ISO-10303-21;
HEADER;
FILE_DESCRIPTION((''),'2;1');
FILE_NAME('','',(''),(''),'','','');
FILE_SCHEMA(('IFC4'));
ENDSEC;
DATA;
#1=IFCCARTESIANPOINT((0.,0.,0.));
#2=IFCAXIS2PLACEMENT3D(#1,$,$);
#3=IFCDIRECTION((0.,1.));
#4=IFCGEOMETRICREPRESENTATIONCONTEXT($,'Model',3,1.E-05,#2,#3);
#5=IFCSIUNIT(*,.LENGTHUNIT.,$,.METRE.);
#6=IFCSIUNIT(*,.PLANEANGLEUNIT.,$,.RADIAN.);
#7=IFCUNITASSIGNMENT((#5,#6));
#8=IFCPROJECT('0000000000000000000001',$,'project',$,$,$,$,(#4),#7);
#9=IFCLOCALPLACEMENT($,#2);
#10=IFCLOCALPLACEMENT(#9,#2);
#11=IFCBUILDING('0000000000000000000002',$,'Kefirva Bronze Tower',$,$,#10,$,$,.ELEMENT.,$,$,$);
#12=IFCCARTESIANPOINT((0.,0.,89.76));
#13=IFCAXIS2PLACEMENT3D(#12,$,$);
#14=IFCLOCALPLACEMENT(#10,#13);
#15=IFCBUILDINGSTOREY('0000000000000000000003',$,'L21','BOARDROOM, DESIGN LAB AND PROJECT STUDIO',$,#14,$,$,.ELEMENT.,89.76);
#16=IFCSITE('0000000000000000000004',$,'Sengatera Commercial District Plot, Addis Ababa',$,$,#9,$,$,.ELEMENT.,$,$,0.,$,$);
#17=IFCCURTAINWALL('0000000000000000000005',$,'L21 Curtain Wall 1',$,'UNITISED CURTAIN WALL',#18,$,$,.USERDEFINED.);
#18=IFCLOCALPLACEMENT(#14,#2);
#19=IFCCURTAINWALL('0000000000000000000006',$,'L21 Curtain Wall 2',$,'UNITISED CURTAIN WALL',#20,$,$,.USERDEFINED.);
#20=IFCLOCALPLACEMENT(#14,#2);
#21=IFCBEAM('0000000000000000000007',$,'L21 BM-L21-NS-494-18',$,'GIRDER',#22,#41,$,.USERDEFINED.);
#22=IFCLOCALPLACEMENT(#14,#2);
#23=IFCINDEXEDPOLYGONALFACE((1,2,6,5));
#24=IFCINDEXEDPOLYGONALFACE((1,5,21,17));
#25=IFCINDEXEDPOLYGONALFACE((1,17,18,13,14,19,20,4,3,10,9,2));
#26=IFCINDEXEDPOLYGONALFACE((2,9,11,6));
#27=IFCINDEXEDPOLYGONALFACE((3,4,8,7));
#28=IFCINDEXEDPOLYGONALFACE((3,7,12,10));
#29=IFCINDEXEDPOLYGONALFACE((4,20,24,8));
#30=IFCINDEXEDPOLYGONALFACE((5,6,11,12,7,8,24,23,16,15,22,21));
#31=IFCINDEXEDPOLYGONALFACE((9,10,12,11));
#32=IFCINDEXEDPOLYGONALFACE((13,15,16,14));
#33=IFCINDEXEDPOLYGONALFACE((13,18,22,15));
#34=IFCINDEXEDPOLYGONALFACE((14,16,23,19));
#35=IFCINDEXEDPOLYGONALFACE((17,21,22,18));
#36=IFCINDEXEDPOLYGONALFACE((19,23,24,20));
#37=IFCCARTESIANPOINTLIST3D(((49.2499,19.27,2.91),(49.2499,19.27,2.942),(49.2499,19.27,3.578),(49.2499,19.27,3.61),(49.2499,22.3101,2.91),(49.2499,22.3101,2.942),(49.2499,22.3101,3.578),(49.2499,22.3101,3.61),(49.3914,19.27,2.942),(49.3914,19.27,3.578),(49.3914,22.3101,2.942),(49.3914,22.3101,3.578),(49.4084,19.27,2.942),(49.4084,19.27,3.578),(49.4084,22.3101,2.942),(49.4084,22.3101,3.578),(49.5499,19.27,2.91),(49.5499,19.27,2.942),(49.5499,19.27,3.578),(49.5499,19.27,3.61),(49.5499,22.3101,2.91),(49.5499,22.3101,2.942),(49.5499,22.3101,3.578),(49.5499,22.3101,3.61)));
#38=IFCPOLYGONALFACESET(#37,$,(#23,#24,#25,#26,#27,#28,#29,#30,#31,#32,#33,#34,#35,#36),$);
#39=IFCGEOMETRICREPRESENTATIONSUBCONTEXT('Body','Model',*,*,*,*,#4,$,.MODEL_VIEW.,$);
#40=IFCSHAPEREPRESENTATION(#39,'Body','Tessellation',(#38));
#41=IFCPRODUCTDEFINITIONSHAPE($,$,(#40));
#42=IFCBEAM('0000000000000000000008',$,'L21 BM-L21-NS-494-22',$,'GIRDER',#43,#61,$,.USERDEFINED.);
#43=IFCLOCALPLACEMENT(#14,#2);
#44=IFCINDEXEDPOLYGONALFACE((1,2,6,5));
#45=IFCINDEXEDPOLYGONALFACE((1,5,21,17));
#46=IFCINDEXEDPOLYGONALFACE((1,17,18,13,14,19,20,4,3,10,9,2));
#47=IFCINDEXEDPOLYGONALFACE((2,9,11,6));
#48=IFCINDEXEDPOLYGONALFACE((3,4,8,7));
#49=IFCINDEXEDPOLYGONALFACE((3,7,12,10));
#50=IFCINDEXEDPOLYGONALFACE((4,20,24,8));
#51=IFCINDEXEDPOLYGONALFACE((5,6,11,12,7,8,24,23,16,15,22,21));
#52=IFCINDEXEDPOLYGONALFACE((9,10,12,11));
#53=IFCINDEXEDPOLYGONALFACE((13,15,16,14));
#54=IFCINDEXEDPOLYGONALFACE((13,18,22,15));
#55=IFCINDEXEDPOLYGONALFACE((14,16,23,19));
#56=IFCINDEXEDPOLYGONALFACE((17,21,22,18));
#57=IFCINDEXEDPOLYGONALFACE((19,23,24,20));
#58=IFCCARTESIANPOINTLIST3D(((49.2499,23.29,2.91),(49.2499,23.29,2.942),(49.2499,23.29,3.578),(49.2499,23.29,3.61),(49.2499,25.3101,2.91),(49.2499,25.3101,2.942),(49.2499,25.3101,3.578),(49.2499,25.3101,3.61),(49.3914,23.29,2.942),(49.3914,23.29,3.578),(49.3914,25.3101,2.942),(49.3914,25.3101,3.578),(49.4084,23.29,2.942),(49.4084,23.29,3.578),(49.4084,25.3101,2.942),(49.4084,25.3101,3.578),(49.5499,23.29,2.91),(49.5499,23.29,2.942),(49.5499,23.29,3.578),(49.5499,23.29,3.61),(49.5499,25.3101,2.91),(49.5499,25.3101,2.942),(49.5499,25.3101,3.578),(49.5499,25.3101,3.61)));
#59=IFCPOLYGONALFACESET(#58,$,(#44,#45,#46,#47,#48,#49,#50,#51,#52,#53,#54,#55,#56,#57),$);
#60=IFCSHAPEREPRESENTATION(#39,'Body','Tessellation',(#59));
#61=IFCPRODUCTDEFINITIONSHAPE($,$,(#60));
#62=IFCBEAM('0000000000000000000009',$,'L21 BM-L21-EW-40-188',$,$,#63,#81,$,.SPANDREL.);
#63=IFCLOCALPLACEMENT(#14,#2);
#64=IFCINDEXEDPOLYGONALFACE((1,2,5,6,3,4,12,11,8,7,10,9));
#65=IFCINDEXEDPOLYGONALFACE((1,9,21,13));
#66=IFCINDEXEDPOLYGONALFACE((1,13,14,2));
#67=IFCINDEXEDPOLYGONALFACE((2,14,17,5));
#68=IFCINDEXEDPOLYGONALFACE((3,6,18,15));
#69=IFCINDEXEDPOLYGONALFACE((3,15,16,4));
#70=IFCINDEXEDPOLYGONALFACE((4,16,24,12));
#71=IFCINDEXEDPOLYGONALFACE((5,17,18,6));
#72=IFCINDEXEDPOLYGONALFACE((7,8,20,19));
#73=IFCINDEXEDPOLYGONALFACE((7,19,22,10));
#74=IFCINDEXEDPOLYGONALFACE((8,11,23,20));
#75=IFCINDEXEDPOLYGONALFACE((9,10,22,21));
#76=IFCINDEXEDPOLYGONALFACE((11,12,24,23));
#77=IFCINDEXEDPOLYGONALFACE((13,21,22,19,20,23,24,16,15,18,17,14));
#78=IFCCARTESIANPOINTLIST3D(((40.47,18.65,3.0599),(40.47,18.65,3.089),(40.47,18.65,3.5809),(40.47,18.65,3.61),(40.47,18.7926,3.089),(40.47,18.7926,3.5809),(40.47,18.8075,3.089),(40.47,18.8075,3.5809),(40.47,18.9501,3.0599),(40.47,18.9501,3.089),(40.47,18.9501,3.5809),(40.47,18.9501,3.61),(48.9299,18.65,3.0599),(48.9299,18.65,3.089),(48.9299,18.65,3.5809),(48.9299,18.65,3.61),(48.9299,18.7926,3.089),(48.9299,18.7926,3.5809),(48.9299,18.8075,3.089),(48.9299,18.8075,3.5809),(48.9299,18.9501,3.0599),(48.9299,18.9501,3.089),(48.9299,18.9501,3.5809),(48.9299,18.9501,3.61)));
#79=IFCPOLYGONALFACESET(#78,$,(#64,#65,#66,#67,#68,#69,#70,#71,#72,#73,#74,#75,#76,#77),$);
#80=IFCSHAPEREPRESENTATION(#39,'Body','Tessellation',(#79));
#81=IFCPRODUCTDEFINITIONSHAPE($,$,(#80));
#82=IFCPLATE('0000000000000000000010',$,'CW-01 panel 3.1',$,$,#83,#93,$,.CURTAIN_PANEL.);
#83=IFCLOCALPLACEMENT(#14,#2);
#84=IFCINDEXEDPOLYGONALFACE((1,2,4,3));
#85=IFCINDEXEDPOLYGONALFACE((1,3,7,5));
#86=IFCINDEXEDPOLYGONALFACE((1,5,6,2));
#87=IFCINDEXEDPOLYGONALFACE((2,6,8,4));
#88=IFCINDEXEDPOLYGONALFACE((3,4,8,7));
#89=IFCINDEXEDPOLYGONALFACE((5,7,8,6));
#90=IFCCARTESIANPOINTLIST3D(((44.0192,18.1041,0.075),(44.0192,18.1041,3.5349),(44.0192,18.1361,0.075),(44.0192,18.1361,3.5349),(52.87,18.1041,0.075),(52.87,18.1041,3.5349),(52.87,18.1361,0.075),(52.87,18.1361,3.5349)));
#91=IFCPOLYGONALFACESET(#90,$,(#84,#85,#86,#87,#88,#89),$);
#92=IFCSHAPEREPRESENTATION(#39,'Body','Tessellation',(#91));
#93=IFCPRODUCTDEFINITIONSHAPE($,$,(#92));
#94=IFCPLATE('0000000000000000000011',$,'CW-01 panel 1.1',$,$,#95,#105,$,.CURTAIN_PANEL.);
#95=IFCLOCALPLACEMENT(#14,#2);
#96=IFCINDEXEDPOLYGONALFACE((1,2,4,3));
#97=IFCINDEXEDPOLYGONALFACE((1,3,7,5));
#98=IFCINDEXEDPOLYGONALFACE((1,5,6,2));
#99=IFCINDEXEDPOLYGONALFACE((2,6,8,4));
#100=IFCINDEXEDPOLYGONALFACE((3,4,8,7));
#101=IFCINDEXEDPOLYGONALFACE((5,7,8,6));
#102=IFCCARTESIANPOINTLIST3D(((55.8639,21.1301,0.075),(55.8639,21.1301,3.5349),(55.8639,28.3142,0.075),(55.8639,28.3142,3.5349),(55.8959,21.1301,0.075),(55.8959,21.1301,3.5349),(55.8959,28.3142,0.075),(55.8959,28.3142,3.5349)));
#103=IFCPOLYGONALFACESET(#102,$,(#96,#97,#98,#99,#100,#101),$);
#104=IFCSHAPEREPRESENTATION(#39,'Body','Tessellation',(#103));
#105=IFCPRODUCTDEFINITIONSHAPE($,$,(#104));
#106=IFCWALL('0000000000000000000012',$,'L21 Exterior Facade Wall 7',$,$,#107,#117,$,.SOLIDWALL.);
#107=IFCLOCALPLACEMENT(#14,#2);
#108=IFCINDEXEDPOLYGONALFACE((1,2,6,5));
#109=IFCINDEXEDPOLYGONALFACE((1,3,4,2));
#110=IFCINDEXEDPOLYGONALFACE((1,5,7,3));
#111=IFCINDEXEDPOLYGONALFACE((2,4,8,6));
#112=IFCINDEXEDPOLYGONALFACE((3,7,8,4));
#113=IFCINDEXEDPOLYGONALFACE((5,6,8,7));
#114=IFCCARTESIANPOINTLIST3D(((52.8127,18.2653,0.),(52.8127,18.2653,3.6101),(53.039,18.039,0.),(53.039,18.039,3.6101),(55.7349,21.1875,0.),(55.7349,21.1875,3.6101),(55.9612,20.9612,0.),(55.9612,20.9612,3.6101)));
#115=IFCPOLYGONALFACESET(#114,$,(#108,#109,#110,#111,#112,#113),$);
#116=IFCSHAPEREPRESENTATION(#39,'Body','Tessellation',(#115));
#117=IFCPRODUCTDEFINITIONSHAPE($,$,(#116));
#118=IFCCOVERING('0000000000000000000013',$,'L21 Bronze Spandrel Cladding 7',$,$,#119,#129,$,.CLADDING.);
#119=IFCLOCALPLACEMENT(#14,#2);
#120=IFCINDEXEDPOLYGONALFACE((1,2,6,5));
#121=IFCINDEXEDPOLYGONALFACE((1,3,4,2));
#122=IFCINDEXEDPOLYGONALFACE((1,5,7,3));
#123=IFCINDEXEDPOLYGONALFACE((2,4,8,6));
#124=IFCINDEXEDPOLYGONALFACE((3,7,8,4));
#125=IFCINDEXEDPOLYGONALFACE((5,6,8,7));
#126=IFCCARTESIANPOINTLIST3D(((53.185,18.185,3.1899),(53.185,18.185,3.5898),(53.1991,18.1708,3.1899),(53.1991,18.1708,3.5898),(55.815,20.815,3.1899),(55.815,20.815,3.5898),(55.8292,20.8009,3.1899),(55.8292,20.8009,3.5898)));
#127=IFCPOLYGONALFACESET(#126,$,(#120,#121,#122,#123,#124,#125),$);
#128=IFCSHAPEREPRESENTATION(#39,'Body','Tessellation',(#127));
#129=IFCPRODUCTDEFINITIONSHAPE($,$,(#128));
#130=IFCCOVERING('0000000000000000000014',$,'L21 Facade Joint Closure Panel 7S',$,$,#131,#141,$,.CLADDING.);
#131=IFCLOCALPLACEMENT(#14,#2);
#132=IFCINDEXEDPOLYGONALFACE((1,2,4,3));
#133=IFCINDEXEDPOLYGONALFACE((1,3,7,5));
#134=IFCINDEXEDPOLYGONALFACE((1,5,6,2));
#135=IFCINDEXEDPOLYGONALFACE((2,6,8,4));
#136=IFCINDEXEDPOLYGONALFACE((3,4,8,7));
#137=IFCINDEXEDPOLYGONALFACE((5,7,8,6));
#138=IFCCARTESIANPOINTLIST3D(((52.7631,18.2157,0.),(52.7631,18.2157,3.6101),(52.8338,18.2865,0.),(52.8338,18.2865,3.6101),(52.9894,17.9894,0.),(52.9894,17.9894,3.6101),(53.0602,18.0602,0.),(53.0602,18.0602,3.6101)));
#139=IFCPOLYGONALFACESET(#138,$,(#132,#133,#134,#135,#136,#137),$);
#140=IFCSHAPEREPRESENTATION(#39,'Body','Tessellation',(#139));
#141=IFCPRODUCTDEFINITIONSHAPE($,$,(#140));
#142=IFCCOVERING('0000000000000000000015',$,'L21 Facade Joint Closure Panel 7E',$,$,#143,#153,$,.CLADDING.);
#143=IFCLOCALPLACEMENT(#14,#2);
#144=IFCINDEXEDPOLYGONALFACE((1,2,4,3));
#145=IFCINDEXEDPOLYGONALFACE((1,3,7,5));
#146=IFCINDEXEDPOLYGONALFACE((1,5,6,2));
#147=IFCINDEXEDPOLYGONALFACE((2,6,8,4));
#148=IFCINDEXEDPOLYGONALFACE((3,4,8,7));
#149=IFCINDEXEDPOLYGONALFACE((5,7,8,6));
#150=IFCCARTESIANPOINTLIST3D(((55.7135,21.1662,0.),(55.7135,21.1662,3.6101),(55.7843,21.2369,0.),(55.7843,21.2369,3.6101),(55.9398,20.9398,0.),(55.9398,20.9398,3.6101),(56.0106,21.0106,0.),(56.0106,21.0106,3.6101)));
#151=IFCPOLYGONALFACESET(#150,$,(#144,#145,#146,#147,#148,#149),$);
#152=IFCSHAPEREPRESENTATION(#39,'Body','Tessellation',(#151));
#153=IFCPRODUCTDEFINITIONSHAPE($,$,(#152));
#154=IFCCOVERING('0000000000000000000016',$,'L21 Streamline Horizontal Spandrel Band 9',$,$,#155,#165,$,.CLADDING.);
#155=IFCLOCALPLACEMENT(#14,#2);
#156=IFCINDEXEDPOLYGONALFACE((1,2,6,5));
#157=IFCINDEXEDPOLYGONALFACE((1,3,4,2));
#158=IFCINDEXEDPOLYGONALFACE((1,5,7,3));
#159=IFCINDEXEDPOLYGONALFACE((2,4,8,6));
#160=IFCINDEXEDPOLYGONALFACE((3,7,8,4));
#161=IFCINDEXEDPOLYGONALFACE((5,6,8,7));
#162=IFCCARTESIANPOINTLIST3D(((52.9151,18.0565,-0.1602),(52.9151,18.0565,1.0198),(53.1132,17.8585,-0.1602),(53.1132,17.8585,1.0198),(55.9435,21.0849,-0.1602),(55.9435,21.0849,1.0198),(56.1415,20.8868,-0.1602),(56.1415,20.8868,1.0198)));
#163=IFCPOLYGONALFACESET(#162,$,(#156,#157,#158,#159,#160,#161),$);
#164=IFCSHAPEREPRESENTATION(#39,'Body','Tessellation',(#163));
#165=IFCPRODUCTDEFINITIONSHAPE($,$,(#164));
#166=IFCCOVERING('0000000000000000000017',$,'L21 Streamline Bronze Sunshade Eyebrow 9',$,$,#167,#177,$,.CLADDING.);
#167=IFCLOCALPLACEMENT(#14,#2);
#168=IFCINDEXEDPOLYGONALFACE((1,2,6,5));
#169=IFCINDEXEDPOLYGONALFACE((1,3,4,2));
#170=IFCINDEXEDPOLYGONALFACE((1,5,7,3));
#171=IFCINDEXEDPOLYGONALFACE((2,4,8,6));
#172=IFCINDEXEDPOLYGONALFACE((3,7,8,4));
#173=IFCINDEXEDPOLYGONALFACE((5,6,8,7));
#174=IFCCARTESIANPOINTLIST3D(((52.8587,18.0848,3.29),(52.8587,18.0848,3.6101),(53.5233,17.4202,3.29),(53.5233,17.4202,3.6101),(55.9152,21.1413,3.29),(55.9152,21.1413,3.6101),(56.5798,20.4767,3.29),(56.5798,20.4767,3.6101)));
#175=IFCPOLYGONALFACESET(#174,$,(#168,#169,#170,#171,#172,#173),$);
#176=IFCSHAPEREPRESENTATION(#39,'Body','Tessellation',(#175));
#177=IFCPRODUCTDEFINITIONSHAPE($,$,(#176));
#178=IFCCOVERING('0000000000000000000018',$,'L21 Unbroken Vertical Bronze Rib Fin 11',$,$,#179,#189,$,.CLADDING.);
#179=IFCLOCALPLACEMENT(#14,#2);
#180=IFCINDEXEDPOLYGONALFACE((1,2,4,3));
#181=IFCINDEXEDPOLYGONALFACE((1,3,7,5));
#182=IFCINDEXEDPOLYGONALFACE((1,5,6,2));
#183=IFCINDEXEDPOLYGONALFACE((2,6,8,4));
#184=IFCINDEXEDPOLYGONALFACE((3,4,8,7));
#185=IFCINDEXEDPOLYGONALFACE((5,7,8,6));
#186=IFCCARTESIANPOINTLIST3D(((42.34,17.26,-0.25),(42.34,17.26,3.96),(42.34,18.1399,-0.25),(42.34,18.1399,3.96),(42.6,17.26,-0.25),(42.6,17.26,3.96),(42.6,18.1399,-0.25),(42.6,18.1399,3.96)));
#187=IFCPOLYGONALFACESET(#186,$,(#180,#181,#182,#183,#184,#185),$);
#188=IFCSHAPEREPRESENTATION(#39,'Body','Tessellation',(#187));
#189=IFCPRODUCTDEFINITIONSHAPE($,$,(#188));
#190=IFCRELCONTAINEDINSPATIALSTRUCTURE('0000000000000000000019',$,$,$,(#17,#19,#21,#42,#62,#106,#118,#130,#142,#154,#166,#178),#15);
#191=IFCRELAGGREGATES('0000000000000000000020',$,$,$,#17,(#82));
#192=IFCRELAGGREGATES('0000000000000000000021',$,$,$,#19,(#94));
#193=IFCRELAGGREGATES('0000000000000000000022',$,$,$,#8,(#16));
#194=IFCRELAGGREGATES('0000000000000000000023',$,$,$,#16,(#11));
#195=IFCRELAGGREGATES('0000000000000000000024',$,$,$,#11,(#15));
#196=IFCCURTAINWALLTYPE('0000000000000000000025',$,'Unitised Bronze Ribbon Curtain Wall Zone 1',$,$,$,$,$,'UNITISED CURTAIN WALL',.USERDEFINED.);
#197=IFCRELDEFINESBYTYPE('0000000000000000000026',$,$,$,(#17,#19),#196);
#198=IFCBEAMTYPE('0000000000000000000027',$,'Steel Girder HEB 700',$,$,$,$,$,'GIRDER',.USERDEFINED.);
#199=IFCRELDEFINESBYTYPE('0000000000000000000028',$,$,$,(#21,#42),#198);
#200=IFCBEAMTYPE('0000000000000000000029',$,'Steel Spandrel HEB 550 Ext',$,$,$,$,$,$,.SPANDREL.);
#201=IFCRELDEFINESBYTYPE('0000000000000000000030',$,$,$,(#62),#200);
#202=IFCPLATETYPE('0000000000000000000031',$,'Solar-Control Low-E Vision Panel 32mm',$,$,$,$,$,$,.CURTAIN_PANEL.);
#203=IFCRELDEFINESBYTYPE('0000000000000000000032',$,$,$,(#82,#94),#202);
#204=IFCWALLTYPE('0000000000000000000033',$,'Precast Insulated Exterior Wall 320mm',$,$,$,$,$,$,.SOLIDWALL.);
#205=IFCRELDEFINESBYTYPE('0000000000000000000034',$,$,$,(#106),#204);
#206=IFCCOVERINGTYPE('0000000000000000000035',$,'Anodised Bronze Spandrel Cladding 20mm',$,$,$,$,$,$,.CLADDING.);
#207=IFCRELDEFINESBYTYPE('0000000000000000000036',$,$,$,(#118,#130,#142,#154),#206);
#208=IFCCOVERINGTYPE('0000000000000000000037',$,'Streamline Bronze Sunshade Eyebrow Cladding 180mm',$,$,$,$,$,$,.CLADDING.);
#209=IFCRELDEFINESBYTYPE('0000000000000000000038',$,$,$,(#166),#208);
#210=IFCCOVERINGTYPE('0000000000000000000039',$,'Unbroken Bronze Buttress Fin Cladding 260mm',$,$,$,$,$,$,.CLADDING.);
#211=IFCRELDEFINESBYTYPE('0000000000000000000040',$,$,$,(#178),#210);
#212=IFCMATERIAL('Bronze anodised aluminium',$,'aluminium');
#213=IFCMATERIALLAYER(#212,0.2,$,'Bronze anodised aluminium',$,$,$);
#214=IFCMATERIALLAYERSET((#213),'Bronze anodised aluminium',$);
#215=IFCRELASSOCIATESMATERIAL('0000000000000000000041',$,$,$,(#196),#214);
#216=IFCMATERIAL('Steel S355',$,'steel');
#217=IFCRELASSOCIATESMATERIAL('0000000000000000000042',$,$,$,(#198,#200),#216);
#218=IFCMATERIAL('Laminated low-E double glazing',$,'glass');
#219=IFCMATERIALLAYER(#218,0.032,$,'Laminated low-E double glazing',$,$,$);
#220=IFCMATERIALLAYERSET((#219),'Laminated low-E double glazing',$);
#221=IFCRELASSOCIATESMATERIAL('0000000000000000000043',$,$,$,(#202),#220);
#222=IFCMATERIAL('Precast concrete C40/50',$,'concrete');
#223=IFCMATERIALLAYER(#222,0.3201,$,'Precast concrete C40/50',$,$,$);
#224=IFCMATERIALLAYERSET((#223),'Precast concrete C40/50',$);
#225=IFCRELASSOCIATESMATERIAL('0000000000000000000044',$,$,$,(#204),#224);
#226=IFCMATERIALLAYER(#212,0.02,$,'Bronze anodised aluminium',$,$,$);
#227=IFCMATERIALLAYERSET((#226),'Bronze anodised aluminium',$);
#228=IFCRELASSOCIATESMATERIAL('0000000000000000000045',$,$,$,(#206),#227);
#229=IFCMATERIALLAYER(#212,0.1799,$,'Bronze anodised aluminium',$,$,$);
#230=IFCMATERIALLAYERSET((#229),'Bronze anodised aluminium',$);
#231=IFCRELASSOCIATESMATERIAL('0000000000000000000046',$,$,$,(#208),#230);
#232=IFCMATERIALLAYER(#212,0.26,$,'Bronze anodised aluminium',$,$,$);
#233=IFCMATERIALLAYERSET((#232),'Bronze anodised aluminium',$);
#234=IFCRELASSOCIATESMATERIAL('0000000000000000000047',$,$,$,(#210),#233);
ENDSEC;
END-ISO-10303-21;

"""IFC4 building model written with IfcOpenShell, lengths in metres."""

from ifc_helpers import new_model, si_unit, direction, frame, frame_2d, origin, origin_2d, place, context, subcontext, project, spatial, rectangle, i_section, extrude, material, layer, layer_set, material_profile, profile_set, type_object, element, aggregate, save


model = new_model("IFC4")

# Units and contexts
model_context = context("Model", 3, precision=1e-05, world=origin(), true_north=direction((0.0, 1.0)))
body_context = subcontext(model_context, "Body", "Model", "MODEL_VIEW")
ifc_project = project(units=[si_unit("LENGTHUNIT", "METRE"), si_unit("PLANEANGLEUNIT", "RADIAN")], contexts=[model_context])

# Site, building, storey
site_placement = place(None, origin())
site = spatial("IfcSite", under=ifc_project, at=site_placement, Name="Sengatera Commercial District Plot, Addis Ababa", CompositionType="ELEMENT", RefElevation=0.0)
building_placement = place(site_placement, origin())
building = spatial("IfcBuilding", under=site, at=building_placement, Name="Kefirva Bronze Tower", CompositionType="ELEMENT")
storey_placement = place(building_placement, frame((0.0, 0.0, 89.76)))
storey = spatial("IfcBuildingStorey", under=building, at=storey_placement, Name="L21", Description="BOARDROOM, DESIGN LAB AND PROJECT STUDIO", CompositionType="ELEMENT", Elevation=89.76)

# Curtain wall
ifc_material_1 = material(Name="Bronze anodised aluminium", Category="aluminium")
ifc_layer_1 = layer(ifc_material_1, 0.2, Name="Bronze anodised aluminium")
ifc_layer_set_1 = layer_set([ifc_layer_1], Name="Bronze anodised aluminium")
curtain_wall_type = type_object("IfcCurtainWallType", Name="Unitised Bronze Ribbon Curtain Wall Zone 1", ElementType="UNITISED CURTAIN WALL", PredefinedType="USERDEFINED", material=ifc_layer_set_1)
curtain_wall_1_placement = place(storey_placement, origin())
curtain_wall_1 = element("IfcCurtainWall", 1, at=curtain_wall_1_placement, inside=storey, type_object=curtain_wall_type, Name="L21 Curtain Wall 1", ObjectType="UNITISED CURTAIN WALL", PredefinedType="USERDEFINED")

# Curtain wall
curtain_wall_2_placement = place(storey_placement, origin())
curtain_wall_2 = element("IfcCurtainWall", 2, at=curtain_wall_2_placement, inside=storey, type_object=curtain_wall_type, Name="L21 Curtain Wall 2", ObjectType="UNITISED CURTAIN WALL", PredefinedType="USERDEFINED")

# Beams
ifc_material_2 = material(Name="Steel S355", Category="steel")
ifc_material_profile_1 = material_profile(ifc_material_2, i_section(OverallWidth=0.3, OverallDepth=0.7, WebThickness=0.0171, FlangeThickness=0.032, at=origin_2d()), Name="HEB 700")
ifc_profile_set_1 = profile_set([ifc_material_profile_1], Name="Steel S355")
beam_type_1 = type_object("IfcBeamType", Name="Steel Girder HEB 700", ElementType="GIRDER", PredefinedType="USERDEFINED", material=ifc_profile_set_1)
beam_1_placement = place(storey_placement, frame((49.3999, 19.27, 3.26), z_axis=(0.0, 1.0, 0.0), x_axis=(-1.0, 0.0, 0.0)))
element("IfcBeam", 3, at=beam_1_placement, inside=storey, type_object=beam_type_1, Name="L21 BM-L21-NS-494-18", ObjectType="GIRDER", PredefinedType="USERDEFINED", context=body_context, shape_type="SweptSolid", body=[
    extrude(i_section(OverallWidth=0.3, OverallDepth=0.7, WebThickness=0.0171, FlangeThickness=0.032, at=origin_2d()), origin(), (0.0, 0.0, 1.0), 3.04),
])
beam_2_placement = place(storey_placement, frame((49.3999, 23.29, 3.26), z_axis=(0.0, 1.0, 0.0), x_axis=(-1.0, 0.0, 0.0)))
element("IfcBeam", 4, at=beam_2_placement, inside=storey, type_object=beam_type_1, Name="L21 BM-L21-NS-494-22", ObjectType="GIRDER", PredefinedType="USERDEFINED", context=body_context, shape_type="SweptSolid", body=[
    extrude(i_section(OverallWidth=0.3, OverallDepth=0.7, WebThickness=0.0171, FlangeThickness=0.032, at=origin_2d()), origin(), (0.0, 0.0, 1.0), 2.02),
])
ifc_material_profile_2 = material_profile(ifc_material_2, i_section(OverallWidth=0.3, OverallDepth=0.55, WebThickness=0.0149, FlangeThickness=0.0291, at=origin_2d()), Name="HEB 550")
ifc_profile_set_2 = profile_set([ifc_material_profile_2], Name="Steel S355")
beam_type_2 = type_object("IfcBeamType", Name="Steel Spandrel HEB 550 Ext", PredefinedType="SPANDREL", material=ifc_profile_set_2)
beam_3_placement = place(storey_placement, frame((40.47, 18.8, 3.335), z_axis=(1.0, 0.0, 0.0), x_axis=(0.0, 1.0, 0.0)))
element("IfcBeam", 5, at=beam_3_placement, inside=storey, type_object=beam_type_2, Name="L21 BM-L21-EW-40-188", PredefinedType="SPANDREL", context=body_context, shape_type="SweptSolid", body=[
    extrude(i_section(OverallWidth=0.3, OverallDepth=0.55, WebThickness=0.0149, FlangeThickness=0.0291, at=origin_2d()), origin(), (0.0, 0.0, 1.0), 8.46),
])

# Plates
ifc_material_3 = material(Name="Laminated low-E double glazing", Category="glass")
ifc_layer_2 = layer(ifc_material_3, 0.032, Name="Laminated low-E double glazing")
ifc_layer_set_2 = layer_set([ifc_layer_2], Name="Laminated low-E double glazing")
plate_type = type_object("IfcPlateType", Name="Solar-Control Low-E Vision Panel 32mm", PredefinedType="CURTAIN_PANEL", material=ifc_layer_set_2)
plate_1_placement = place(storey_placement, frame((48.4446, 18.1201, 0.075), z_axis=(0.0, 0.0, 1.0), x_axis=(1.0, 0.0, 0.0)))
plate_1 = element("IfcPlate", 6, at=plate_1_placement, type_object=plate_type, Name="CW-01 panel 3.1", PredefinedType="CURTAIN_PANEL", context=body_context, shape_type="SweptSolid", body=[
    extrude(rectangle(XDim=8.8508, YDim=0.032, at=origin_2d()), origin(), (0.0, 0.0, 1.0), 3.46),
])
aggregate(curtain_wall_1, [plate_1])
plate_2_placement = place(storey_placement, frame((55.8799, 24.7222, 0.075), z_axis=(0.0, 0.0, 1.0), x_axis=(0.0, 1.0, 0.0)))
plate_2 = element("IfcPlate", 7, at=plate_2_placement, type_object=plate_type, Name="CW-01 panel 1.1", PredefinedType="CURTAIN_PANEL", context=body_context, shape_type="SweptSolid", body=[
    extrude(rectangle(XDim=7.1841, YDim=0.032, at=origin_2d()), origin(), (0.0, 0.0, 1.0), 3.46),
])
aggregate(curtain_wall_2, [plate_2])

# Wall
ifc_material_4 = material(Name="Precast concrete C40/50", Category="concrete")
ifc_layer_3 = layer(ifc_material_4, 0.3201, Name="Precast concrete C40/50")
ifc_layer_set_3 = layer_set([ifc_layer_3], Name="Precast concrete C40/50")
wall_type = type_object("IfcWallType", Name="Precast Insulated Exterior Wall 320mm", PredefinedType="SOLIDWALL", material=ifc_layer_set_3)
wall_placement = place(storey_placement, frame((52.9258, 18.1521, 0.0), z_axis=(0.0, 0.0, 1.0), x_axis=(0.707107, 0.707107, 0.0)))
element("IfcWall", 8, at=wall_placement, inside=storey, type_object=wall_type, Name="L21 Exterior Facade Wall 7", PredefinedType="SOLIDWALL", context=body_context, shape_type="SweptSolid", body=[
    extrude(rectangle(XDim=4.1326, YDim=0.3201, at=frame_2d((2.0664, 0.0))), origin(), (0.0, 0.0, 1.0), 3.6101),
])

# Coverings
ifc_layer_4 = layer(ifc_material_1, 0.02, Name="Bronze anodised aluminium")
ifc_layer_set_4 = layer_set([ifc_layer_4], Name="Bronze anodised aluminium")
covering_type_1 = type_object("IfcCoveringType", Name="Anodised Bronze Spandrel Cladding 20mm", PredefinedType="CLADDING", material=ifc_layer_set_4)
covering_1_placement = place(storey_placement, frame((54.5071, 19.4929, 3.1899), z_axis=(0.0, 0.0, 1.0), x_axis=(0.707107, 0.707107, 0.0)))
element("IfcCovering", 9, at=covering_1_placement, inside=storey, type_object=covering_type_1, Name="L21 Bronze Spandrel Cladding 7", PredefinedType="CLADDING", context=body_context, shape_type="SweptSolid", body=[
    extrude(rectangle(XDim=3.7195, YDim=0.02, at=origin_2d()), origin(), (0.0, 0.0, 1.0), 0.3999),
])
for number, where, z_axis, x_axis, name in (
    (10, (52.9116, 18.1379, 0.0), (0.0, 0.0, 1.0), (0.707107, 0.707107, 0.0), "L21 Facade Joint Closure Panel 7S"),
    (11, (55.8621, 21.0884, 0.0), (0.0, 0.0, 1.0), (0.707107, 0.707107, 0.0), "L21 Facade Joint Closure Panel 7E"),
):
    element("IfcCovering", number, at=place(storey_placement, frame(where, z_axis=z_axis, x_axis=x_axis)), inside=storey, type_object=covering_type_1, Name=name, PredefinedType="CLADDING", context=body_context, shape_type="SweptSolid", body=[
        extrude(rectangle(XDim=0.1001, YDim=0.3201, at=origin_2d()), origin(), (0.0, 0.0, 1.0), 3.6101),
    ])
covering_2_placement = place(storey_placement, frame((54.5283, 19.4717, -0.1602), z_axis=(0.0, 0.0, 1.0), x_axis=(0.707107, 0.707107, 0.0)))
element("IfcCovering", 12, at=covering_2_placement, inside=storey, type_object=covering_type_1, Name="L21 Streamline Horizontal Spandrel Band 9", PredefinedType="CLADDING", context=body_context, shape_type="SweptSolid", body=[
    extrude(rectangle(XDim=4.2827, YDim=0.28, at=origin_2d()), origin(), (0.0, 0.0, 1.0), 1.1799),
])
ifc_layer_5 = layer(ifc_material_1, 0.1799, Name="Bronze anodised aluminium")
ifc_layer_set_5 = layer_set([ifc_layer_5], Name="Bronze anodised aluminium")
covering_type_2 = type_object("IfcCoveringType", Name="Streamline Bronze Sunshade Eyebrow Cladding 180mm", PredefinedType="CLADDING", material=ifc_layer_set_5)
covering_3_placement = place(storey_placement, frame((54.7192, 19.2808, 3.29), z_axis=(0.0, 0.0, 1.0), x_axis=(0.707107, 0.707107, 0.0)))
element("IfcCovering", 13, at=covering_3_placement, inside=storey, type_object=covering_type_2, Name="L21 Streamline Bronze Sunshade Eyebrow 9", PredefinedType="CLADDING", context=body_context, shape_type="SweptSolid", body=[
    extrude(rectangle(XDim=4.3225, YDim=0.9399, at=origin_2d()), origin(), (0.0, 0.0, 1.0), 0.3201),
])
ifc_layer_6 = layer(ifc_material_1, 0.26, Name="Bronze anodised aluminium")
ifc_layer_set_6 = layer_set([ifc_layer_6], Name="Bronze anodised aluminium")
covering_type_3 = type_object("IfcCoveringType", Name="Unbroken Bronze Buttress Fin Cladding 260mm", PredefinedType="CLADDING", material=ifc_layer_set_6)
for number, where, z_axis, x_axis, name in (
    (14, (42.47, 17.7, -0.25), (0.0, 0.0, 1.0), (1.0, 0.0, 0.0), "L21 Unbroken Vertical Bronze Rib Fin 11"),
):
    element("IfcCovering", number, at=place(storey_placement, frame(where, z_axis=z_axis, x_axis=x_axis)), inside=storey, type_object=covering_type_3, Name=name, PredefinedType="CLADDING", context=body_context, shape_type="SweptSolid", body=[
        extrude(rectangle(XDim=0.26, YDim=0.8799, at=origin_2d()), origin(), (0.0, 0.0, 1.0), 4.21),
    ])

save(model, "model.ifc")
